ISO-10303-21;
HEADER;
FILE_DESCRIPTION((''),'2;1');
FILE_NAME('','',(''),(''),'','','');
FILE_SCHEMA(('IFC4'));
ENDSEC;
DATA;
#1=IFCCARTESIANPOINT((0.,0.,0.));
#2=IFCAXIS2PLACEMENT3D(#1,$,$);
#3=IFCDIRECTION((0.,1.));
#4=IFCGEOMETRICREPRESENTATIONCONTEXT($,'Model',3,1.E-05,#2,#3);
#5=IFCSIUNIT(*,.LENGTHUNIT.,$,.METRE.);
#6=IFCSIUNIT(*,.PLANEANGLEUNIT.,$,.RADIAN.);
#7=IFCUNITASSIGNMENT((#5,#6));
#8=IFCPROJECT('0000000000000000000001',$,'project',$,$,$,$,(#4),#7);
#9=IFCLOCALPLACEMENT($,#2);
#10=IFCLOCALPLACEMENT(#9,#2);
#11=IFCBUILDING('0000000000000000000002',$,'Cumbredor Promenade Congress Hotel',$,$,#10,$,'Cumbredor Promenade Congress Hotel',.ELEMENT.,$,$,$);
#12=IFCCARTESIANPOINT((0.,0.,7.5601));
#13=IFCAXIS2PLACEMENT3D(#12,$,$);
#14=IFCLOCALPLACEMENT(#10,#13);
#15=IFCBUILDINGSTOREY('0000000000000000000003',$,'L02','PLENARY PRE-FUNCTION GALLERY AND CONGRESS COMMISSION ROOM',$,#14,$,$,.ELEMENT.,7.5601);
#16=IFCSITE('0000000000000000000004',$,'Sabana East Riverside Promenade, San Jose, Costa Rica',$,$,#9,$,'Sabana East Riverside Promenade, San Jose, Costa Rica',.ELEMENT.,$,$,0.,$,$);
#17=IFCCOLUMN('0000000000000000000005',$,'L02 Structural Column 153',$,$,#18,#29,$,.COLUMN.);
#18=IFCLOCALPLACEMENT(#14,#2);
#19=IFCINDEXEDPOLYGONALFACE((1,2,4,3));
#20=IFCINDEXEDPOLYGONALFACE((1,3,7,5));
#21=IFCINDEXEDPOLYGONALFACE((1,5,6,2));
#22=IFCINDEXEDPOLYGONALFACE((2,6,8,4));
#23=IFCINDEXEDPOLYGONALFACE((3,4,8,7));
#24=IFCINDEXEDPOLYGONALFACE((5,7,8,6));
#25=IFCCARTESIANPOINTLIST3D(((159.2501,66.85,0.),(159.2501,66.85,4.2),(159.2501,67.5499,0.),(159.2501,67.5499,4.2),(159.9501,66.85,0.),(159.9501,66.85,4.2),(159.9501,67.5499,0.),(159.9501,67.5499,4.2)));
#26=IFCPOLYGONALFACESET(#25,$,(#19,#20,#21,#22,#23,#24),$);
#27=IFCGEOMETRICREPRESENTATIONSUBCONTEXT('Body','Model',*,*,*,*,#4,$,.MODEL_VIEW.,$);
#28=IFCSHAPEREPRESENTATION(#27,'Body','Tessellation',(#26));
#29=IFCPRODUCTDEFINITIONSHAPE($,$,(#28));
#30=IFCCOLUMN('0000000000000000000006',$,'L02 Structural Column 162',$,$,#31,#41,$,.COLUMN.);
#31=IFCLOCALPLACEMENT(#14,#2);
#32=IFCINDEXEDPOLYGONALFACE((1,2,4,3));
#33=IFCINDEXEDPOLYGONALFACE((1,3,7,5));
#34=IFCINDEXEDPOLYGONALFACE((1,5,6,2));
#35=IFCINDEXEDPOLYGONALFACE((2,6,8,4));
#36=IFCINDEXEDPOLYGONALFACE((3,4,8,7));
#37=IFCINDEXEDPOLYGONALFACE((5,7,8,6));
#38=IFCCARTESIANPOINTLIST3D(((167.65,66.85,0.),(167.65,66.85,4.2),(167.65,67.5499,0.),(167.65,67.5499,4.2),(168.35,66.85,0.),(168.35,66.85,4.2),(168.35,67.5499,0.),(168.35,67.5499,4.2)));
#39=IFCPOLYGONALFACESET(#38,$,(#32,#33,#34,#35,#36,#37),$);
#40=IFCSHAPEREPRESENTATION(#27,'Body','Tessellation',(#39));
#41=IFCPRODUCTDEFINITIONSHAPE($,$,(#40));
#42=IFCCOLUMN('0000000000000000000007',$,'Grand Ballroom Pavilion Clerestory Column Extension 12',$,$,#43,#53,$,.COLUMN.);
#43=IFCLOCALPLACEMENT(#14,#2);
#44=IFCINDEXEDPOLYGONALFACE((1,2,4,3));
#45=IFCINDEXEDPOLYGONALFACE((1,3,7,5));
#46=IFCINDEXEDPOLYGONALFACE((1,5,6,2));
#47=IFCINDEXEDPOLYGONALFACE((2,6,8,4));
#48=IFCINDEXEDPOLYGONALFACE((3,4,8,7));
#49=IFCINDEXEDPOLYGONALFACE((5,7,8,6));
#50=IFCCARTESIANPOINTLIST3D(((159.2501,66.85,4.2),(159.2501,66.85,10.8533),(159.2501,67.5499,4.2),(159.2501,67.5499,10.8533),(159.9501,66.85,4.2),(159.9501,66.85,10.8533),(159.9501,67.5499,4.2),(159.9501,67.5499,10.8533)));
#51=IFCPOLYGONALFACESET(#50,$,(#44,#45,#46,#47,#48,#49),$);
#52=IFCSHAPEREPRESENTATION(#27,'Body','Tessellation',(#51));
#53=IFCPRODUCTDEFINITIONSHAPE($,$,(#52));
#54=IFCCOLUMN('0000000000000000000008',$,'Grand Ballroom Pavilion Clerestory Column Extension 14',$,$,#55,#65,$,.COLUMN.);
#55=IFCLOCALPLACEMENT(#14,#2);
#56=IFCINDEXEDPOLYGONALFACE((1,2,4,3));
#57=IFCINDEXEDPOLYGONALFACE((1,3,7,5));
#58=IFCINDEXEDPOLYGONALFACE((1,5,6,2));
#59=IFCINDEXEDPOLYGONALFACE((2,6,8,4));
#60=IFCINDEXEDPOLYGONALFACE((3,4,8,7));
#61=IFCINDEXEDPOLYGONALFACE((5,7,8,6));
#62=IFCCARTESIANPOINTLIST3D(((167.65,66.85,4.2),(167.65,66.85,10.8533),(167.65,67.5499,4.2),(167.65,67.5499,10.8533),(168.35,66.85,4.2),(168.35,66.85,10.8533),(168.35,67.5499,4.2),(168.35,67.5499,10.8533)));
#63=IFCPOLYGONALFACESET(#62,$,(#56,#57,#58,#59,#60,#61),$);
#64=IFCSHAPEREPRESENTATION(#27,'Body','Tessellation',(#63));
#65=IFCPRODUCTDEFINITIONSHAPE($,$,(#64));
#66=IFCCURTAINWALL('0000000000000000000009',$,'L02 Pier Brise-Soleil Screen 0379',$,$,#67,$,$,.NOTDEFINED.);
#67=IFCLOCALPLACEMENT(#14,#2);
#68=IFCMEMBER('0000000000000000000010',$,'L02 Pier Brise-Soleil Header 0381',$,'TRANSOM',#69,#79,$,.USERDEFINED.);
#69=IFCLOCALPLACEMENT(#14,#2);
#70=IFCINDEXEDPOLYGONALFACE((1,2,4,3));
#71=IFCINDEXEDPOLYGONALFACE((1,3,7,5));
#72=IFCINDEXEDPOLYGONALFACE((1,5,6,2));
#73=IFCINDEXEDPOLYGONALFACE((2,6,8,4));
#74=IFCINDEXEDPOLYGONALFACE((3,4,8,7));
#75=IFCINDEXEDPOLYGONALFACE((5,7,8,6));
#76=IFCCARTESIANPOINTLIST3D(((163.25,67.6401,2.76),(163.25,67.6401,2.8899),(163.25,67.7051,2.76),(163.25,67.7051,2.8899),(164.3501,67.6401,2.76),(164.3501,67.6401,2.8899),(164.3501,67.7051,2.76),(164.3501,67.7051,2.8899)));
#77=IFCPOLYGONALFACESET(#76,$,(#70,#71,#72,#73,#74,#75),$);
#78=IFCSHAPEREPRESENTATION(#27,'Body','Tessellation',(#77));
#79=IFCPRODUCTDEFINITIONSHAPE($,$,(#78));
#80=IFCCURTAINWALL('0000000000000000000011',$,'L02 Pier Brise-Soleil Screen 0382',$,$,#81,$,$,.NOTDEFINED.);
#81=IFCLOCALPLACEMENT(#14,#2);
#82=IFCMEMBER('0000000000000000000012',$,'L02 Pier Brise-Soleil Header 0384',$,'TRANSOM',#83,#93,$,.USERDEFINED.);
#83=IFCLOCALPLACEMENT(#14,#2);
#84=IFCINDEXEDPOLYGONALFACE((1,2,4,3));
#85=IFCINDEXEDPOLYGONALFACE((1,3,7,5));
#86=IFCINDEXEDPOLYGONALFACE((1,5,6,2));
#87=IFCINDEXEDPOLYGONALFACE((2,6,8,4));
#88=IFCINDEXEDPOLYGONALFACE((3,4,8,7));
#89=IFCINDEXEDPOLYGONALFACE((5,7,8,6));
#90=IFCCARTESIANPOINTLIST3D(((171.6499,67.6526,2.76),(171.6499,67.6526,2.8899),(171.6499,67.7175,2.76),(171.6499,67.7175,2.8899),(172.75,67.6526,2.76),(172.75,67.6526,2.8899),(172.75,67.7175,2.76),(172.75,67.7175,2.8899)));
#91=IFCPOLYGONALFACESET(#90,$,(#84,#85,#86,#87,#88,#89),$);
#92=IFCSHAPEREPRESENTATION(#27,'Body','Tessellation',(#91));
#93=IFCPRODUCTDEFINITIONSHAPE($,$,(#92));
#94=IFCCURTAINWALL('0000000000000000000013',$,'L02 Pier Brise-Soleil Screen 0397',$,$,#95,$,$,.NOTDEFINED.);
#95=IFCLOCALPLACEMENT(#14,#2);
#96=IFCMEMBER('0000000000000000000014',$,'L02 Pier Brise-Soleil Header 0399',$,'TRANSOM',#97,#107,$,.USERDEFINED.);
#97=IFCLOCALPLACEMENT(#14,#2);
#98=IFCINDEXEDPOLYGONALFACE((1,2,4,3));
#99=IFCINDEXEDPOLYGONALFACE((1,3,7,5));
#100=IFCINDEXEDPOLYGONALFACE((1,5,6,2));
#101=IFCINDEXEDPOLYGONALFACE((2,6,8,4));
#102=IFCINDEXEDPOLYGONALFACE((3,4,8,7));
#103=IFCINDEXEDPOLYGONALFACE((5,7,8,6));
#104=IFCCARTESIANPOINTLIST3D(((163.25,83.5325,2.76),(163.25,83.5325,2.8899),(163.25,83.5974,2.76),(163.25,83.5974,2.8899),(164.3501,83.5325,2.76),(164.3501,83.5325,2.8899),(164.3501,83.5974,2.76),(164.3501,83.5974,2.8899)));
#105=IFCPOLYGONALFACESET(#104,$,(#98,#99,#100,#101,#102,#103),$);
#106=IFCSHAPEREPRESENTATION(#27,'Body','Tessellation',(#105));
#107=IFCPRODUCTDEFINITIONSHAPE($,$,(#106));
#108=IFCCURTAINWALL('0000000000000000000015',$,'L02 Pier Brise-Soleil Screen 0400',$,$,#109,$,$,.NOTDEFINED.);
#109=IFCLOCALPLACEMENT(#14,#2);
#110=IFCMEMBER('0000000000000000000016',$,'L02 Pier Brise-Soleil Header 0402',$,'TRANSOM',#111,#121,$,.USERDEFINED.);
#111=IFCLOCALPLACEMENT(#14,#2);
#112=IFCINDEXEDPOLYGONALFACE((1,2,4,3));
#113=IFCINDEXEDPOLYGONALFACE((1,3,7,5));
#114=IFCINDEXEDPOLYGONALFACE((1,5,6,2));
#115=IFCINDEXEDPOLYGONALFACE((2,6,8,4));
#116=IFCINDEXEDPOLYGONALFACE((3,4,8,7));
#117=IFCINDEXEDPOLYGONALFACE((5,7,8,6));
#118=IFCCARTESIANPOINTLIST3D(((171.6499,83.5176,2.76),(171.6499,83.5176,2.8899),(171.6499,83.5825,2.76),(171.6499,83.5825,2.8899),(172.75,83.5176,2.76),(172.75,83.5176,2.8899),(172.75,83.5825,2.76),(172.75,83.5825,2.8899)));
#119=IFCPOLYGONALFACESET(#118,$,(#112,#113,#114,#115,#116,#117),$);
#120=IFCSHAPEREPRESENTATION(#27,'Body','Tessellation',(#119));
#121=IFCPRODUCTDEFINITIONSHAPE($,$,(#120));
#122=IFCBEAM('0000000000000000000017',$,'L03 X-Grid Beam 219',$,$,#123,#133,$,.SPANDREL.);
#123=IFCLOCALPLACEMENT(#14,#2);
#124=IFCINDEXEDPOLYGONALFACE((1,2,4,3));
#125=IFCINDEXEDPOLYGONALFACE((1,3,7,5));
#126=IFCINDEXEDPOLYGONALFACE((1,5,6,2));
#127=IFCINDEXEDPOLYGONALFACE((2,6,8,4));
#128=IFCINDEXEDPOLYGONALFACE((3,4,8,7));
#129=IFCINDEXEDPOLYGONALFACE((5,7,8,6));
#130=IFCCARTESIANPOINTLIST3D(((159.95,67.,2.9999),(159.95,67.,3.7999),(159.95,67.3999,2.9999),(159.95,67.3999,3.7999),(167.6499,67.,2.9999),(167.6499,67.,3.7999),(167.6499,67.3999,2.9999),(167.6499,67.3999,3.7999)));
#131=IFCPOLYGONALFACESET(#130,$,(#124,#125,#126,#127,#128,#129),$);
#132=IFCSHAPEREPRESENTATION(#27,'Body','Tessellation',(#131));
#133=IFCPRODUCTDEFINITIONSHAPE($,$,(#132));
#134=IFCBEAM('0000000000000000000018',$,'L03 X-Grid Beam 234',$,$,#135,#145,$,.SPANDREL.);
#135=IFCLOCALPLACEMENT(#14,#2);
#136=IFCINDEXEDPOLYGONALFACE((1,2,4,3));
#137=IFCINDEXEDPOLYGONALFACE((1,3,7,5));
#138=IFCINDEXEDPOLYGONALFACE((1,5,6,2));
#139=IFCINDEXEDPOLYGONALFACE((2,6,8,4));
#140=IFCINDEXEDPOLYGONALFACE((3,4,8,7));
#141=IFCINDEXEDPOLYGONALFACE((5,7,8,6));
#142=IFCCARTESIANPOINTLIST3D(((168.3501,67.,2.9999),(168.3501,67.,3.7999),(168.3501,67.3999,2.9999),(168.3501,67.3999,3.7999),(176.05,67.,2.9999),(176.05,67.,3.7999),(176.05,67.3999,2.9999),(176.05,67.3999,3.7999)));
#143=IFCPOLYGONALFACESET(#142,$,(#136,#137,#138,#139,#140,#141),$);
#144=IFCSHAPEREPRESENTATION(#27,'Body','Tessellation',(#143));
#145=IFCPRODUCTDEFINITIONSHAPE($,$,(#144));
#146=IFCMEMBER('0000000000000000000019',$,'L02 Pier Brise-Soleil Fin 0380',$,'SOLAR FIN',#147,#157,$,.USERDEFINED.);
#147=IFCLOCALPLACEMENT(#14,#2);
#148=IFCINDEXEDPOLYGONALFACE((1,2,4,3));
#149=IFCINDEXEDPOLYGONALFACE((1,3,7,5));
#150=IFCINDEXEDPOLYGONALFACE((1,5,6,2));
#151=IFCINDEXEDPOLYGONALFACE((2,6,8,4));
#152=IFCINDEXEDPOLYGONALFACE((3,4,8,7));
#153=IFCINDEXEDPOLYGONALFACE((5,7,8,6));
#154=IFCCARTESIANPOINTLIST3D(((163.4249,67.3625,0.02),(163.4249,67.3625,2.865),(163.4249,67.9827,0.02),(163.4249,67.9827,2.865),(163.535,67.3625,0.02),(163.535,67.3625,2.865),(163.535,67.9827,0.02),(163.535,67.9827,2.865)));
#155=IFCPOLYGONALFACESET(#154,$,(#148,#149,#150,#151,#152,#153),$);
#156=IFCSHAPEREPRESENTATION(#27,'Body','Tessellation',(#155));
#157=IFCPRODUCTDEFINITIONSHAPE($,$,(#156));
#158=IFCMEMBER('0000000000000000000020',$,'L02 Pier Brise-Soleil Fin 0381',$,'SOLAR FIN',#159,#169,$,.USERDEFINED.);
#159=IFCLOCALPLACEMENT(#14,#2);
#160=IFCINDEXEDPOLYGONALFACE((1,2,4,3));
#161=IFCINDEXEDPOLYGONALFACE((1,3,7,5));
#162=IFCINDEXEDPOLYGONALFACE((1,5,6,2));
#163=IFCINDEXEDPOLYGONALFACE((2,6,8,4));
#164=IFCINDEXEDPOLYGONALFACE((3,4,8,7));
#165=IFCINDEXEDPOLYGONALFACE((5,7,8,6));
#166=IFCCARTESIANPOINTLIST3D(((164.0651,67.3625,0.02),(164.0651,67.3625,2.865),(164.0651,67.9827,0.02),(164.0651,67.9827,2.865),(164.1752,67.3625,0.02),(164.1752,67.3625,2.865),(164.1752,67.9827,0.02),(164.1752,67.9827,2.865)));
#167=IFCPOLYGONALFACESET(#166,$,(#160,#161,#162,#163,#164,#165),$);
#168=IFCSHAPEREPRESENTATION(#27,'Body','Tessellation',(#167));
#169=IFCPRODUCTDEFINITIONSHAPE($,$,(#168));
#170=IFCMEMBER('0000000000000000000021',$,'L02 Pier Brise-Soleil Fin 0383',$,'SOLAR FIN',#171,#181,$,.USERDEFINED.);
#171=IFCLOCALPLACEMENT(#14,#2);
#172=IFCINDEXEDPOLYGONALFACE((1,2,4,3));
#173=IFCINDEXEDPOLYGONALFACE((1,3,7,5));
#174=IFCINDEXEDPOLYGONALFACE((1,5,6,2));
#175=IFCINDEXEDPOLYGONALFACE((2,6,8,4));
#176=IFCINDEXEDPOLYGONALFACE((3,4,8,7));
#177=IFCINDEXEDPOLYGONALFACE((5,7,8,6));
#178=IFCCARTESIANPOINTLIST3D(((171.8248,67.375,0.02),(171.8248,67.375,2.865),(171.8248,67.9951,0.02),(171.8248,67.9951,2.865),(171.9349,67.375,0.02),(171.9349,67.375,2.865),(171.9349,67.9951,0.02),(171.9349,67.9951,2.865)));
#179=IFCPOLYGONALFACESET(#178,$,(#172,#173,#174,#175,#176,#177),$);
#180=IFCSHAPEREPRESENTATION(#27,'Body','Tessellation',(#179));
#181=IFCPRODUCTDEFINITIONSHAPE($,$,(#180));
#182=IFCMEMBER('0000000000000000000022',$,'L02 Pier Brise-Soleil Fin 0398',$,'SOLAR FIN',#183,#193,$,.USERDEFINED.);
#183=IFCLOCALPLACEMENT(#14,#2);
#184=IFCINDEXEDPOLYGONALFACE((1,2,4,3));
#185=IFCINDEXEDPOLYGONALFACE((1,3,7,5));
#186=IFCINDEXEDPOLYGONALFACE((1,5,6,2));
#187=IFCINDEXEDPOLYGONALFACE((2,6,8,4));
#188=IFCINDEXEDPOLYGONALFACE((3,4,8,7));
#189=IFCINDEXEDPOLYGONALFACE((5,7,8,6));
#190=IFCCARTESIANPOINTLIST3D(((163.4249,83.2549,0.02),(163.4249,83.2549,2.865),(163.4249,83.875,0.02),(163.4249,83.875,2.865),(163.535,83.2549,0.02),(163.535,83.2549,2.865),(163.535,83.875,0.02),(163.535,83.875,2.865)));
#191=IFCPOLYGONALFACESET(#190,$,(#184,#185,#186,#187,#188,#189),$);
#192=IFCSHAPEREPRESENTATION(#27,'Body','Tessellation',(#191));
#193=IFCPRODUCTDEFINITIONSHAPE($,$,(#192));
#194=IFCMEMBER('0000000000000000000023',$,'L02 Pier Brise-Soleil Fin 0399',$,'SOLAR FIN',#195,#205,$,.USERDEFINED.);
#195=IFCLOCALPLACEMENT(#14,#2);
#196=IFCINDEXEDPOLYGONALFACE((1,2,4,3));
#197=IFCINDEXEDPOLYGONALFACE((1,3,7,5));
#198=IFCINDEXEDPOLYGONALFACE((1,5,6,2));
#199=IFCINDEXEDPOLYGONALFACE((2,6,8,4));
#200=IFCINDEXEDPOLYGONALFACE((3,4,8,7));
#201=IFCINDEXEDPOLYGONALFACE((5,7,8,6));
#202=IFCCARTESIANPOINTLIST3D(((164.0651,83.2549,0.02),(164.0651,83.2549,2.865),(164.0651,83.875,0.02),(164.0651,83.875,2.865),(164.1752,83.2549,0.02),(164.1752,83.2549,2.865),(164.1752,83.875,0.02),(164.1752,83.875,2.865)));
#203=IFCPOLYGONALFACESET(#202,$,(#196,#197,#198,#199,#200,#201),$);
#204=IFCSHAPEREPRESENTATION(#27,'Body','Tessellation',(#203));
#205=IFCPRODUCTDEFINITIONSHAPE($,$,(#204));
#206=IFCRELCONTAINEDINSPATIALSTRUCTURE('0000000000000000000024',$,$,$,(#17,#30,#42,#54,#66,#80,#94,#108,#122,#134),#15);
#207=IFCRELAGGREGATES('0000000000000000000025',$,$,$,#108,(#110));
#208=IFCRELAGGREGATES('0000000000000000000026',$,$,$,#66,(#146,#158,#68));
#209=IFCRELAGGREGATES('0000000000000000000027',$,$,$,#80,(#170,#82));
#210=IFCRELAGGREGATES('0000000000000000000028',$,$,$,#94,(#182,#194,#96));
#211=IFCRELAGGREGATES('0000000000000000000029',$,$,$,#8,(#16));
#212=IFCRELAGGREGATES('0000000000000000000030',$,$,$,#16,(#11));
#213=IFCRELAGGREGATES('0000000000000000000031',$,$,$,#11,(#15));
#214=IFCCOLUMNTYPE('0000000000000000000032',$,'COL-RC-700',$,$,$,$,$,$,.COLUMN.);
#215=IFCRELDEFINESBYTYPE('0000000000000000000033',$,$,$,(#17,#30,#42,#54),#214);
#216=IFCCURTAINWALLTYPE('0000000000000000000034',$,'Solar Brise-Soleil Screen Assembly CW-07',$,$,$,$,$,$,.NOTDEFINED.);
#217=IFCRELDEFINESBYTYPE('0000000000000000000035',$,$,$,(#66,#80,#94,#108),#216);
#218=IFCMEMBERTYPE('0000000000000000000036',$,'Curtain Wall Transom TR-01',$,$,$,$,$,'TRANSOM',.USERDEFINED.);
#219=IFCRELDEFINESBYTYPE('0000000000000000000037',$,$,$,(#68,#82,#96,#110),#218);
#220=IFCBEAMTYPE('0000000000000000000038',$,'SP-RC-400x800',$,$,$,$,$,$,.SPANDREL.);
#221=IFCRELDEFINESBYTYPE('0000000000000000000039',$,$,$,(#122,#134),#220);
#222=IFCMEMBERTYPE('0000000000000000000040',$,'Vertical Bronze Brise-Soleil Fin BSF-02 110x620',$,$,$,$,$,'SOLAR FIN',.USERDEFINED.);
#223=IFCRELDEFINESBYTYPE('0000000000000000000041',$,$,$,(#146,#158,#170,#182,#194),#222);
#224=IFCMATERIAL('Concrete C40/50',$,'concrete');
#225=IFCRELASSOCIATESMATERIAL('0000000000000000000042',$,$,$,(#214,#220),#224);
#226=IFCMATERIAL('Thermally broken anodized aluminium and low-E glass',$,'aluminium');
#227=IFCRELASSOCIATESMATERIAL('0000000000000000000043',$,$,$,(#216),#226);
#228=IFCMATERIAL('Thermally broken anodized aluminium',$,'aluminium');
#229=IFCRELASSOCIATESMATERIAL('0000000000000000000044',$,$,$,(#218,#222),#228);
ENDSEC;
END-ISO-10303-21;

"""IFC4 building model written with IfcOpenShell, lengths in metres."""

from ifc_helpers import new_model, si_unit, direction, frame, origin, origin_2d, place, context, subcontext, project, spatial, rectangle, extrude, material, material_profile, profile_set, type_object, element, aggregate, save


model = new_model("IFC4")

# Units and contexts
model_context = context("Model", 3, precision=1e-05, world=origin(), true_north=direction((0.0, 1.0)))
body_context = subcontext(model_context, "Body", "Model", "MODEL_VIEW")
ifc_project = project(units=[si_unit("LENGTHUNIT", "METRE"), si_unit("PLANEANGLEUNIT", "RADIAN")], contexts=[model_context])

# Site, building, storey
site_placement = place(None, origin())
site = spatial("IfcSite", under=ifc_project, at=site_placement, Name="Sabana East Riverside Promenade, San Jose, Costa Rica", LongName="Sabana East Riverside Promenade, San Jose, Costa Rica", CompositionType="ELEMENT", RefElevation=0.0)
building_placement = place(site_placement, origin())
building = spatial("IfcBuilding", under=site, at=building_placement, Name="Cumbredor Promenade Congress Hotel", LongName="Cumbredor Promenade Congress Hotel", CompositionType="ELEMENT")
storey_placement = place(building_placement, frame((0.0, 0.0, 7.5601)))
storey = spatial("IfcBuildingStorey", under=building, at=storey_placement, Name="L02", Description="PLENARY PRE-FUNCTION GALLERY AND CONGRESS COMMISSION ROOM", CompositionType="ELEMENT", Elevation=7.5601)

# Columns
ifc_material_1 = material(Name="Concrete C40/50", Category="concrete")
ifc_material_profile_1 = material_profile(ifc_material_1, rectangle(XDim=0.7, YDim=0.7, at=origin_2d()), Name="RC 700x700")
ifc_profile_set_1 = profile_set([ifc_material_profile_1], Name="Concrete C40/50")
column_type = type_object("IfcColumnType", Name="COL-RC-700", PredefinedType="COLUMN", material=ifc_profile_set_1)
for number, where, z_axis, x_axis, name in (
    (1, (159.6001, 67.2, 0.0), (0.0, 0.0, 1.0), (1.0, 0.0, 0.0), "L02 Structural Column 153"),
    (2, (168.0, 67.2, 0.0), (0.0, 0.0, 1.0), (1.0, 0.0, 0.0), "L02 Structural Column 162"),
):
    element("IfcColumn", number, at=place(storey_placement, frame(where, z_axis=z_axis, x_axis=x_axis)), inside=storey, type_object=column_type, Name=name, PredefinedType="COLUMN", context=body_context, shape_type="SweptSolid", body=[
        extrude(rectangle(XDim=0.7, YDim=0.7, at=origin_2d()), origin(), (0.0, 0.0, 1.0), 4.2),
    ])
for number, where, z_axis, x_axis, name in (
    (3, (159.6001, 67.2, 4.2), (0.0, 0.0, 1.0), (1.0, 0.0, 0.0), "Grand Ballroom Pavilion Clerestory Column Extension 12"),
    (4, (168.0, 67.2, 4.2), (0.0, 0.0, 1.0), (1.0, 0.0, 0.0), "Grand Ballroom Pavilion Clerestory Column Extension 14"),
):
    element("IfcColumn", number, at=place(storey_placement, frame(where, z_axis=z_axis, x_axis=x_axis)), inside=storey, type_object=column_type, Name=name, PredefinedType="COLUMN", context=body_context, shape_type="SweptSolid", body=[
        extrude(rectangle(XDim=0.7, YDim=0.7, at=origin_2d()), origin(), (0.0, 0.0, 1.0), 6.6533),
    ])

# Curtain walls, members
ifc_material_2 = material(Name="Thermally broken anodized aluminium and low-E glass", Category="aluminium")
curtain_wall_type = type_object("IfcCurtainWallType", Name="Solar Brise-Soleil Screen Assembly CW-07", PredefinedType="NOTDEFINED", material=ifc_material_2)
curtain_wall_1_placement = place(storey_placement, origin())
curtain_wall_1 = element("IfcCurtainWall", 5, at=curtain_wall_1_placement, inside=storey, type_object=curtain_wall_type, Name="L02 Pier Brise-Soleil Screen 0379", PredefinedType="NOTDEFINED")
ifc_material_3 = material(Name="Thermally broken anodized aluminium", Category="aluminium")
ifc_material_profile_2 = material_profile(ifc_material_3, rectangle(XDim=0.0649, YDim=0.1299, at=origin_2d()), Name="ALU TRANSOM 65x130")
ifc_profile_set_2 = profile_set([ifc_material_profile_2], Name="Thermally broken anodized aluminium")
member_type_1 = type_object("IfcMemberType", Name="Curtain Wall Transom TR-01", ElementType="TRANSOM", PredefinedType="USERDEFINED", material=ifc_profile_set_2)
member_1_placement = place(storey_placement, frame((163.25, 67.6726, 2.825), z_axis=(1.0, 0.0, 0.0), x_axis=(0.0, 1.0, 0.0)))
member_1 = element("IfcMember", 6, at=member_1_placement, type_object=member_type_1, Name="L02 Pier Brise-Soleil Header 0381", ObjectType="TRANSOM", PredefinedType="USERDEFINED", context=body_context, shape_type="SweptSolid", body=[
    extrude(rectangle(XDim=0.0649, YDim=0.1299, at=origin_2d()), origin(), (0.0, 0.0, 1.0), 1.1001),
])
curtain_wall_2_placement = place(storey_placement, origin())
curtain_wall_2 = element("IfcCurtainWall", 7, at=curtain_wall_2_placement, inside=storey, type_object=curtain_wall_type, Name="L02 Pier Brise-Soleil Screen 0382", PredefinedType="NOTDEFINED")
member_2_placement = place(storey_placement, frame((171.6499, 67.6851, 2.825), z_axis=(1.0, 0.0, 0.0), x_axis=(0.0, 1.0, 0.0)))
member_2 = element("IfcMember", 8, at=member_2_placement, type_object=member_type_1, Name="L02 Pier Brise-Soleil Header 0384", ObjectType="TRANSOM", PredefinedType="USERDEFINED", context=body_context, shape_type="SweptSolid", body=[
    extrude(rectangle(XDim=0.0649, YDim=0.1299, at=origin_2d()), origin(), (0.0, 0.0, 1.0), 1.1001),
])
curtain_wall_3_placement = place(storey_placement, origin())
curtain_wall_3 = element("IfcCurtainWall", 9, at=curtain_wall_3_placement, inside=storey, type_object=curtain_wall_type, Name="L02 Pier Brise-Soleil Screen 0397", PredefinedType="NOTDEFINED")
member_3_placement = place(storey_placement, frame((163.25, 83.5649, 2.825), z_axis=(1.0, 0.0, 0.0), x_axis=(0.0, 1.0, 0.0)))
member_3 = element("IfcMember", 10, at=member_3_placement, type_object=member_type_1, Name="L02 Pier Brise-Soleil Header 0399", ObjectType="TRANSOM", PredefinedType="USERDEFINED", context=body_context, shape_type="SweptSolid", body=[
    extrude(rectangle(XDim=0.0649, YDim=0.1299, at=origin_2d()), origin(), (0.0, 0.0, 1.0), 1.1001),
])
curtain_wall_4_placement = place(storey_placement, origin())
curtain_wall_4 = element("IfcCurtainWall", 11, at=curtain_wall_4_placement, inside=storey, type_object=curtain_wall_type, Name="L02 Pier Brise-Soleil Screen 0400", PredefinedType="NOTDEFINED")
member_4_placement = place(storey_placement, frame((171.6499, 83.55, 2.825), z_axis=(1.0, 0.0, 0.0), x_axis=(0.0, 1.0, 0.0)))
member_4 = element("IfcMember", 12, at=member_4_placement, type_object=member_type_1, Name="L02 Pier Brise-Soleil Header 0402", ObjectType="TRANSOM", PredefinedType="USERDEFINED", context=body_context, shape_type="SweptSolid", body=[
    extrude(rectangle(XDim=0.0649, YDim=0.1299, at=origin_2d()), origin(), (0.0, 0.0, 1.0), 1.1001),
])
aggregate(curtain_wall_4, [member_4])

# Beams
ifc_material_profile_3 = material_profile(ifc_material_1, rectangle(XDim=0.3999, YDim=0.8, at=origin_2d()), Name="RC SPANDREL 400x800")
ifc_profile_set_3 = profile_set([ifc_material_profile_3], Name="Concrete C40/50")
beam_type = type_object("IfcBeamType", Name="SP-RC-400x800", PredefinedType="SPANDREL", material=ifc_profile_set_3)
for number, where, z_axis, x_axis, name in (
    (13, (159.95, 67.2, 3.3999), (1.0, 0.0, 0.0), (0.0, 1.0, 0.0), "L03 X-Grid Beam 219"),
    (14, (168.3501, 67.2, 3.3999), (1.0, 0.0, 0.0), (0.0, 1.0, 0.0), "L03 X-Grid Beam 234"),
):
    element("IfcBeam", number, at=place(storey_placement, frame(where, z_axis=z_axis, x_axis=x_axis)), inside=storey, type_object=beam_type, Name=name, PredefinedType="SPANDREL", context=body_context, shape_type="SweptSolid", body=[
        extrude(rectangle(XDim=0.3999, YDim=0.8, at=origin_2d()), origin(), (0.0, 0.0, 1.0), 7.7),
    ])

# Members
ifc_material_profile_4 = material_profile(ifc_material_3, rectangle(XDim=0.1101, YDim=0.6201, at=origin_2d()), Name="ARCH FIN 110x620")
ifc_profile_set_4 = profile_set([ifc_material_profile_4], Name="Thermally broken anodized aluminium")
member_type_2 = type_object("IfcMemberType", Name="Vertical Bronze Brise-Soleil Fin BSF-02 110x620", ElementType="SOLAR FIN", PredefinedType="USERDEFINED", material=ifc_profile_set_4)
member_5_placement = place(storey_placement, frame((163.48, 67.6726, 0.02), z_axis=(0.0, 0.0, 1.0), x_axis=(1.0, 0.0, 0.0)))
member_5 = element("IfcMember", 15, at=member_5_placement, type_object=member_type_2, Name="L02 Pier Brise-Soleil Fin 0380", ObjectType="SOLAR FIN", PredefinedType="USERDEFINED", context=body_context, shape_type="SweptSolid", body=[
    extrude(rectangle(XDim=0.1101, YDim=0.6201, at=origin_2d()), origin(), (0.0, 0.0, 1.0), 2.845),
])
member_6_placement = place(storey_placement, frame((164.1201, 67.6726, 0.02), z_axis=(0.0, 0.0, 1.0), x_axis=(1.0, 0.0, 0.0)))
member_6 = element("IfcMember", 16, at=member_6_placement, type_object=member_type_2, Name="L02 Pier Brise-Soleil Fin 0381", ObjectType="SOLAR FIN", PredefinedType="USERDEFINED", context=body_context, shape_type="SweptSolid", body=[
    extrude(rectangle(XDim=0.1101, YDim=0.6201, at=origin_2d()), origin(), (0.0, 0.0, 1.0), 2.845),
])
aggregate(curtain_wall_1, [member_5, member_6, member_1])
member_7_placement = place(storey_placement, frame((171.8799, 67.6851, 0.02), z_axis=(0.0, 0.0, 1.0), x_axis=(1.0, 0.0, 0.0)))
member_7 = element("IfcMember", 17, at=member_7_placement, type_object=member_type_2, Name="L02 Pier Brise-Soleil Fin 0383", ObjectType="SOLAR FIN", PredefinedType="USERDEFINED", context=body_context, shape_type="SweptSolid", body=[
    extrude(rectangle(XDim=0.1101, YDim=0.6201, at=origin_2d()), origin(), (0.0, 0.0, 1.0), 2.845),
])
aggregate(curtain_wall_2, [member_7, member_2])
member_8_placement = place(storey_placement, frame((163.48, 83.5649, 0.02), z_axis=(0.0, 0.0, 1.0), x_axis=(1.0, 0.0, 0.0)))
member_8 = element("IfcMember", 18, at=member_8_placement, type_object=member_type_2, Name="L02 Pier Brise-Soleil Fin 0398", ObjectType="SOLAR FIN", PredefinedType="USERDEFINED", context=body_context, shape_type="SweptSolid", body=[
    extrude(rectangle(XDim=0.1101, YDim=0.6201, at=origin_2d()), origin(), (0.0, 0.0, 1.0), 2.845),
])
member_9_placement = place(storey_placement, frame((164.1201, 83.5649, 0.02), z_axis=(0.0, 0.0, 1.0), x_axis=(1.0, 0.0, 0.0)))
member_9 = element("IfcMember", 19, at=member_9_placement, type_object=member_type_2, Name="L02 Pier Brise-Soleil Fin 0399", ObjectType="SOLAR FIN", PredefinedType="USERDEFINED", context=body_context, shape_type="SweptSolid", body=[
    extrude(rectangle(XDim=0.1101, YDim=0.6201, at=origin_2d()), origin(), (0.0, 0.0, 1.0), 2.845),
])
aggregate(curtain_wall_3, [member_8, member_9, member_3])

save(model, "model.ifc")
